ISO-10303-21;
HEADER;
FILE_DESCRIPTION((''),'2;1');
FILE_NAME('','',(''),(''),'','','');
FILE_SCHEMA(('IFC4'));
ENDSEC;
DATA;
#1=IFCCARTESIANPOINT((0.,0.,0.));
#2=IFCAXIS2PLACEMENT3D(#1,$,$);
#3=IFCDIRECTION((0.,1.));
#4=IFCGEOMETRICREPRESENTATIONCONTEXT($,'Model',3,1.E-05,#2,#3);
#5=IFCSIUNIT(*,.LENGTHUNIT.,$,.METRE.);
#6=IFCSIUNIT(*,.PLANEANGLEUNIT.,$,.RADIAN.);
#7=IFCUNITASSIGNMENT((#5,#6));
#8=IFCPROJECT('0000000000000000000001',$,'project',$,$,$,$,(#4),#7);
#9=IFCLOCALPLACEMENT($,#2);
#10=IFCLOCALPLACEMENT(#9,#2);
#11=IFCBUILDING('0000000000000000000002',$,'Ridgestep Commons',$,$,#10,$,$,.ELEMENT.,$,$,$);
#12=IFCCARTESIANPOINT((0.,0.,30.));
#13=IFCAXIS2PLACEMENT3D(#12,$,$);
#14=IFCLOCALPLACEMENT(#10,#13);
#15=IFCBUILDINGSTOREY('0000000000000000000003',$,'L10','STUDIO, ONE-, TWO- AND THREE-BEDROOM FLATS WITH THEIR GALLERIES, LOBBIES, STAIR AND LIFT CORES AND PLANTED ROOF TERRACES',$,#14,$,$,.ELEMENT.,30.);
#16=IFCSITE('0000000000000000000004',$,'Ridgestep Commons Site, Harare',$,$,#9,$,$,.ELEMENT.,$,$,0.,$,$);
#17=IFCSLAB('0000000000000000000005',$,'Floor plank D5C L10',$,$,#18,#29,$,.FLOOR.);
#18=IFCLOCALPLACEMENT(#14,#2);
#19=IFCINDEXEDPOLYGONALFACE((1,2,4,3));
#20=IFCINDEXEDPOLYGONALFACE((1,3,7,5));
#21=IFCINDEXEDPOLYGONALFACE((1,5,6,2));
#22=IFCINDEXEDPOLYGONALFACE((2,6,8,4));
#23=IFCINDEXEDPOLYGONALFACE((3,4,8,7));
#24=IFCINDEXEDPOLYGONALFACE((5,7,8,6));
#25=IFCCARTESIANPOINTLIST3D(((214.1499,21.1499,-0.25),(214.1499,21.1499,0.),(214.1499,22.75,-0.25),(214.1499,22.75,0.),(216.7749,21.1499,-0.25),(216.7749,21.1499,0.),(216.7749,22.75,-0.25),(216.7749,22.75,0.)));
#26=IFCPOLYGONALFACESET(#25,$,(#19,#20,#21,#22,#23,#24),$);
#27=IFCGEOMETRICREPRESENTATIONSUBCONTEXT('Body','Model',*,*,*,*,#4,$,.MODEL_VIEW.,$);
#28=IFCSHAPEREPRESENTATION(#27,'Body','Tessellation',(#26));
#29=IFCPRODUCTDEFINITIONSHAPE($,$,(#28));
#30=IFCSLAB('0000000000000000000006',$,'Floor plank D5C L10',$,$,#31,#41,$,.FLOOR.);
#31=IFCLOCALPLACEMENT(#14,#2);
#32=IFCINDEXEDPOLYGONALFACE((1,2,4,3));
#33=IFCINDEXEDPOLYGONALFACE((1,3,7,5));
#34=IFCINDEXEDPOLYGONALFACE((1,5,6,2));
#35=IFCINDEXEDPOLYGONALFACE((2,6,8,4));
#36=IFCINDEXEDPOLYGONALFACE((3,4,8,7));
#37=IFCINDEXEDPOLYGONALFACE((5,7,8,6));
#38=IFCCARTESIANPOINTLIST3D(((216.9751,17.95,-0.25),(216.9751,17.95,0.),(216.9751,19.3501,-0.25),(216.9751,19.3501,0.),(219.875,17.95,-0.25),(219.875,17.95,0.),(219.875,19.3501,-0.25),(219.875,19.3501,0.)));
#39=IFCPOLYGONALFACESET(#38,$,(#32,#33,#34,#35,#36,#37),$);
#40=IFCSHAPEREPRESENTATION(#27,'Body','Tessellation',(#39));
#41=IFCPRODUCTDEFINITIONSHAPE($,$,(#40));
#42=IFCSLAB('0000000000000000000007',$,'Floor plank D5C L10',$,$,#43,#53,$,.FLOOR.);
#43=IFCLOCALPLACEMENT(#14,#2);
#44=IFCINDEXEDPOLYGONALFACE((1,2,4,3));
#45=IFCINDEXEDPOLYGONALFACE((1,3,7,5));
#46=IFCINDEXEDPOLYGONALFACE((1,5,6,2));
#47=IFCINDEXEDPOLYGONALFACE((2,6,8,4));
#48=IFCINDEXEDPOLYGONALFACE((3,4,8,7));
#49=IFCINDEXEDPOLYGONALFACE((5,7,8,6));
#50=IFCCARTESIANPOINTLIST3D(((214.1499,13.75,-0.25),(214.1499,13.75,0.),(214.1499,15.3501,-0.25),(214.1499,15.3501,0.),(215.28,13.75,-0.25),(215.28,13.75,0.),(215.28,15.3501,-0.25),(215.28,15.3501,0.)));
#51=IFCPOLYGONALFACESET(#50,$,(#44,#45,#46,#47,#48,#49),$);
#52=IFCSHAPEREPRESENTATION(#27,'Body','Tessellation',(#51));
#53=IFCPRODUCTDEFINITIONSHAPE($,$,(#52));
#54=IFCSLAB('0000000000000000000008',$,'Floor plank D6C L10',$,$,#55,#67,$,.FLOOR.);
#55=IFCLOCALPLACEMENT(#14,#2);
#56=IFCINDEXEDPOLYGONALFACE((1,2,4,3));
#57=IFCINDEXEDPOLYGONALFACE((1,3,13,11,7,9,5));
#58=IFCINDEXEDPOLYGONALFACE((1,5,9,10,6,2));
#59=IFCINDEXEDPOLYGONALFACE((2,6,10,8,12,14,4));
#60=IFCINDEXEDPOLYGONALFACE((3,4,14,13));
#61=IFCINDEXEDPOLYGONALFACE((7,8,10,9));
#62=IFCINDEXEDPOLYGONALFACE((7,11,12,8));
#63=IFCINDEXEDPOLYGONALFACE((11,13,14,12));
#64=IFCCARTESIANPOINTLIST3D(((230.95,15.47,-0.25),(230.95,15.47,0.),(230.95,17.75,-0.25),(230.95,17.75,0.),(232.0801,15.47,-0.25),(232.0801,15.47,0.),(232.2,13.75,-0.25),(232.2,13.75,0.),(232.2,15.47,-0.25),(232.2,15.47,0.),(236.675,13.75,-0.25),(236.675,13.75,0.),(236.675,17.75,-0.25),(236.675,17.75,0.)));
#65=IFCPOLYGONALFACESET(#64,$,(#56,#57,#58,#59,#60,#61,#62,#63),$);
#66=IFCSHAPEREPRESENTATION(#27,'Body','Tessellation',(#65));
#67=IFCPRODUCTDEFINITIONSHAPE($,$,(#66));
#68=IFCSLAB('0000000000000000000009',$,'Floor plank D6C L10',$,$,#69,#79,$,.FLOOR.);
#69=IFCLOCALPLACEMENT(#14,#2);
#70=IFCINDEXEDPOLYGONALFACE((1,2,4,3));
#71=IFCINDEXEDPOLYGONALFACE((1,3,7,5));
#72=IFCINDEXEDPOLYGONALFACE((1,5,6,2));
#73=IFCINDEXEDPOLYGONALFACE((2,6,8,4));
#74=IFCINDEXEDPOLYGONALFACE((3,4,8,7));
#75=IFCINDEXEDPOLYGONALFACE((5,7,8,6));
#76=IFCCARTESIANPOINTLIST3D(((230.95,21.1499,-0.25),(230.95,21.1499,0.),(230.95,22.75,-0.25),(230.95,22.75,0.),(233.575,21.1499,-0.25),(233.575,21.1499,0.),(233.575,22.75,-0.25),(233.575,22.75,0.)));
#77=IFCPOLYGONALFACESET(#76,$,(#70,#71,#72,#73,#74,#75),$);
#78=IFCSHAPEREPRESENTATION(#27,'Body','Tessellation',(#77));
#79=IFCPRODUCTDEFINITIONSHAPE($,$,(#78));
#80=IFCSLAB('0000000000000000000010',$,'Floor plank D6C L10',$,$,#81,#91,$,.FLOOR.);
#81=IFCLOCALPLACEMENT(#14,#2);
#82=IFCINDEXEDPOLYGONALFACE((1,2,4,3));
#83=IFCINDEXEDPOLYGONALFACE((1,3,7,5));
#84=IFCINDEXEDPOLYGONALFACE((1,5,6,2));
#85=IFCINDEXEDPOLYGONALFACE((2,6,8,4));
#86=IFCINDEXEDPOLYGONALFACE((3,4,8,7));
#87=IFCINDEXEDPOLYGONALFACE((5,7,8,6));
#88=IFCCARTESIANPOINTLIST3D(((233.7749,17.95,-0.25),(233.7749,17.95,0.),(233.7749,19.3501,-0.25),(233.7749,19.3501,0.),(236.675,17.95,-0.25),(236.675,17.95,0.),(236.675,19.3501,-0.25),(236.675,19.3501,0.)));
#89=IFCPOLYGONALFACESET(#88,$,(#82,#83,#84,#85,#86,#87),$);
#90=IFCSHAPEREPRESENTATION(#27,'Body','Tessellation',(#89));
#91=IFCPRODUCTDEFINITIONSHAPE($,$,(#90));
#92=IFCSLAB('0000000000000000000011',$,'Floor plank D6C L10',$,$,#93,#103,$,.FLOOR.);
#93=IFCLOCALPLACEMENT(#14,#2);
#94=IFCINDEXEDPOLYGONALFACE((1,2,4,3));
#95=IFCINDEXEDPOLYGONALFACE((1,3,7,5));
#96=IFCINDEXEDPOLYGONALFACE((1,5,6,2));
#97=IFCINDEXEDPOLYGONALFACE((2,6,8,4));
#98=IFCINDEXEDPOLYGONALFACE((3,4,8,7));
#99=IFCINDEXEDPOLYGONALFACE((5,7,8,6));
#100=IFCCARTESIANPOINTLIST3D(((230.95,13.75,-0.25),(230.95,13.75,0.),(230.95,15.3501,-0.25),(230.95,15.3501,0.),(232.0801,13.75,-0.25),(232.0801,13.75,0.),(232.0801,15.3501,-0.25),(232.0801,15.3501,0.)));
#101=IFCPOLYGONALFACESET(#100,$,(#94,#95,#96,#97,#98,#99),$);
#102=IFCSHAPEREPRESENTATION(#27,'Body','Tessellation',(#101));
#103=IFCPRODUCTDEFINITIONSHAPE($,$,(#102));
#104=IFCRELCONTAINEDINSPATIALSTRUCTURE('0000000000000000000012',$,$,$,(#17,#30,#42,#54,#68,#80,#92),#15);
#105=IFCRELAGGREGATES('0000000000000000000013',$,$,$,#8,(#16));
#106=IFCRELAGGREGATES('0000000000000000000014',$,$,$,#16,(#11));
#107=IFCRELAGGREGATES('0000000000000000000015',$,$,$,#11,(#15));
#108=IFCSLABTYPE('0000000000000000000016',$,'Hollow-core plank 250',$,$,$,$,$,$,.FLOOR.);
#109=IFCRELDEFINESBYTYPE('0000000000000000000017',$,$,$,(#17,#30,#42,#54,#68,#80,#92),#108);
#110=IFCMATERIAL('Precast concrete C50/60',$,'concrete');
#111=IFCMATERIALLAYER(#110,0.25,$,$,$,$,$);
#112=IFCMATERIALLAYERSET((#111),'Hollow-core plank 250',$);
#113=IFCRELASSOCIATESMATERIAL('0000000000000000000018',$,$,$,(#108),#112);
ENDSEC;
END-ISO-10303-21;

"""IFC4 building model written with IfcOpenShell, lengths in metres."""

from ifc_helpers import new_model, si_unit, direction, frame, origin, place, context, subcontext, project, spatial, polyline, outline, extrude, material, layer, layer_set, type_object, element, save


model = new_model("IFC4")

# Units and contexts
model_context = context("Model", 3, precision=1e-05, world=origin(), true_north=direction((0.0, 1.0)))
body_context = subcontext(model_context, "Body", "Model", "MODEL_VIEW")
ifc_project = project(units=[si_unit("LENGTHUNIT", "METRE"), si_unit("PLANEANGLEUNIT", "RADIAN")], contexts=[model_context])

# Site, building, storey
site_placement = place(None, origin())
site = spatial("IfcSite", under=ifc_project, at=site_placement, Name="Ridgestep Commons Site, Harare", CompositionType="ELEMENT", RefElevation=0.0)
building_placement = place(site_placement, origin())
building = spatial("IfcBuilding", under=site, at=building_placement, Name="Ridgestep Commons", CompositionType="ELEMENT")
storey_placement = place(building_placement, frame((0.0, 0.0, 30.0)))
storey = spatial("IfcBuildingStorey", under=building, at=storey_placement, Name="L10", Description="STUDIO, ONE-, TWO- AND THREE-BEDROOM FLATS WITH THEIR GALLERIES, LOBBIES, STAIR AND LIFT CORES AND PLANTED ROOF TERRACES", CompositionType="ELEMENT", Elevation=30.0)

# Slabs
ifc_material_1 = material(Name="Precast concrete C50/60", Category="concrete")
ifc_layer_1 = layer(ifc_material_1, 0.25)
ifc_layer_set_1 = layer_set([ifc_layer_1], Name="Hollow-core plank 250")
slab_type_1 = type_object("IfcSlabType", Name="Hollow-core plank 250", PredefinedType="FLOOR", material=ifc_layer_set_1)
slab_1_placement = place(storey_placement, frame((0.0, 0.0, -0.25)))
element("IfcSlab", 1, at=slab_1_placement, inside=storey, type_object=slab_type_1, Name="Floor plank D5C L10", PredefinedType="FLOOR", context=body_context, shape_type="SweptSolid", body=[
    extrude(outline(polyline([(216.7749, 22.75), (214.1499, 22.75), (214.1499, 21.1499), (216.7749, 21.1499), (216.7749, 22.75)])), origin(), (0.0, 0.0, 1.0), 0.25),
])
slab_2_placement = place(storey_placement, frame((0.0, 0.0, -0.25)))
element("IfcSlab", 2, at=slab_2_placement, inside=storey, type_object=slab_type_1, Name="Floor plank D5C L10", PredefinedType="FLOOR", context=body_context, shape_type="SweptSolid", body=[
    extrude(outline(polyline([(219.875, 17.95), (219.875, 19.3501), (216.9751, 19.3501), (216.9751, 17.95), (219.875, 17.95)])), origin(), (0.0, 0.0, 1.0), 0.25),
])
slab_3_placement = place(storey_placement, frame((0.0, 0.0, -0.25)))
element("IfcSlab", 3, at=slab_3_placement, inside=storey, type_object=slab_type_1, Name="Floor plank D5C L10", PredefinedType="FLOOR", context=body_context, shape_type="SweptSolid", body=[
    extrude(outline(polyline([(215.28, 15.3501), (214.1499, 15.3501), (214.1499, 13.75), (215.28, 13.75), (215.28, 15.3501)])), origin(), (0.0, 0.0, 1.0), 0.25),
])
slab_4_placement = place(storey_placement, frame((0.0, 0.0, -0.25)))
element("IfcSlab", 4, at=slab_4_placement, inside=storey, type_object=slab_type_1, Name="Floor plank D6C L10", PredefinedType="FLOOR", context=body_context, shape_type="SweptSolid", body=[
    extrude(outline(polyline([(232.2, 13.75), (236.675, 13.75), (236.675, 17.75), (230.95, 17.75), (230.95, 15.47), (232.0801, 15.47), (232.2, 15.47), (232.2, 13.75)])), origin(), (0.0, 0.0, 1.0), 0.25),
])
slab_5_placement = place(storey_placement, frame((0.0, 0.0, -0.25)))
element("IfcSlab", 5, at=slab_5_placement, inside=storey, type_object=slab_type_1, Name="Floor plank D6C L10", PredefinedType="FLOOR", context=body_context, shape_type="SweptSolid", body=[
    extrude(outline(polyline([(233.575, 22.75), (230.95, 22.75), (230.95, 21.1499), (233.575, 21.1499), (233.575, 22.75)])), origin(), (0.0, 0.0, 1.0), 0.25),
])
slab_6_placement = place(storey_placement, frame((0.0, 0.0, -0.25)))
element("IfcSlab", 6, at=slab_6_placement, inside=storey, type_object=slab_type_1, Name="Floor plank D6C L10", PredefinedType="FLOOR", context=body_context, shape_type="SweptSolid", body=[
    extrude(outline(polyline([(236.675, 17.95), (236.675, 19.3501), (233.7749, 19.3501), (233.7749, 17.95), (236.675, 17.95)])), origin(), (0.0, 0.0, 1.0), 0.25),
])
slab_7_placement = place(storey_placement, frame((0.0, 0.0, -0.25)))
element("IfcSlab", 7, at=slab_7_placement, inside=storey, type_object=slab_type_1, Name="Floor plank D6C L10", PredefinedType="FLOOR", context=body_context, shape_type="SweptSolid", body=[
    extrude(outline(polyline([(232.0801, 15.3501), (230.95, 15.3501), (230.95, 13.75), (232.0801, 13.75), (232.0801, 15.3501)])), origin(), (0.0, 0.0, 1.0), 0.25),
])

save(model, "model.ifc")
